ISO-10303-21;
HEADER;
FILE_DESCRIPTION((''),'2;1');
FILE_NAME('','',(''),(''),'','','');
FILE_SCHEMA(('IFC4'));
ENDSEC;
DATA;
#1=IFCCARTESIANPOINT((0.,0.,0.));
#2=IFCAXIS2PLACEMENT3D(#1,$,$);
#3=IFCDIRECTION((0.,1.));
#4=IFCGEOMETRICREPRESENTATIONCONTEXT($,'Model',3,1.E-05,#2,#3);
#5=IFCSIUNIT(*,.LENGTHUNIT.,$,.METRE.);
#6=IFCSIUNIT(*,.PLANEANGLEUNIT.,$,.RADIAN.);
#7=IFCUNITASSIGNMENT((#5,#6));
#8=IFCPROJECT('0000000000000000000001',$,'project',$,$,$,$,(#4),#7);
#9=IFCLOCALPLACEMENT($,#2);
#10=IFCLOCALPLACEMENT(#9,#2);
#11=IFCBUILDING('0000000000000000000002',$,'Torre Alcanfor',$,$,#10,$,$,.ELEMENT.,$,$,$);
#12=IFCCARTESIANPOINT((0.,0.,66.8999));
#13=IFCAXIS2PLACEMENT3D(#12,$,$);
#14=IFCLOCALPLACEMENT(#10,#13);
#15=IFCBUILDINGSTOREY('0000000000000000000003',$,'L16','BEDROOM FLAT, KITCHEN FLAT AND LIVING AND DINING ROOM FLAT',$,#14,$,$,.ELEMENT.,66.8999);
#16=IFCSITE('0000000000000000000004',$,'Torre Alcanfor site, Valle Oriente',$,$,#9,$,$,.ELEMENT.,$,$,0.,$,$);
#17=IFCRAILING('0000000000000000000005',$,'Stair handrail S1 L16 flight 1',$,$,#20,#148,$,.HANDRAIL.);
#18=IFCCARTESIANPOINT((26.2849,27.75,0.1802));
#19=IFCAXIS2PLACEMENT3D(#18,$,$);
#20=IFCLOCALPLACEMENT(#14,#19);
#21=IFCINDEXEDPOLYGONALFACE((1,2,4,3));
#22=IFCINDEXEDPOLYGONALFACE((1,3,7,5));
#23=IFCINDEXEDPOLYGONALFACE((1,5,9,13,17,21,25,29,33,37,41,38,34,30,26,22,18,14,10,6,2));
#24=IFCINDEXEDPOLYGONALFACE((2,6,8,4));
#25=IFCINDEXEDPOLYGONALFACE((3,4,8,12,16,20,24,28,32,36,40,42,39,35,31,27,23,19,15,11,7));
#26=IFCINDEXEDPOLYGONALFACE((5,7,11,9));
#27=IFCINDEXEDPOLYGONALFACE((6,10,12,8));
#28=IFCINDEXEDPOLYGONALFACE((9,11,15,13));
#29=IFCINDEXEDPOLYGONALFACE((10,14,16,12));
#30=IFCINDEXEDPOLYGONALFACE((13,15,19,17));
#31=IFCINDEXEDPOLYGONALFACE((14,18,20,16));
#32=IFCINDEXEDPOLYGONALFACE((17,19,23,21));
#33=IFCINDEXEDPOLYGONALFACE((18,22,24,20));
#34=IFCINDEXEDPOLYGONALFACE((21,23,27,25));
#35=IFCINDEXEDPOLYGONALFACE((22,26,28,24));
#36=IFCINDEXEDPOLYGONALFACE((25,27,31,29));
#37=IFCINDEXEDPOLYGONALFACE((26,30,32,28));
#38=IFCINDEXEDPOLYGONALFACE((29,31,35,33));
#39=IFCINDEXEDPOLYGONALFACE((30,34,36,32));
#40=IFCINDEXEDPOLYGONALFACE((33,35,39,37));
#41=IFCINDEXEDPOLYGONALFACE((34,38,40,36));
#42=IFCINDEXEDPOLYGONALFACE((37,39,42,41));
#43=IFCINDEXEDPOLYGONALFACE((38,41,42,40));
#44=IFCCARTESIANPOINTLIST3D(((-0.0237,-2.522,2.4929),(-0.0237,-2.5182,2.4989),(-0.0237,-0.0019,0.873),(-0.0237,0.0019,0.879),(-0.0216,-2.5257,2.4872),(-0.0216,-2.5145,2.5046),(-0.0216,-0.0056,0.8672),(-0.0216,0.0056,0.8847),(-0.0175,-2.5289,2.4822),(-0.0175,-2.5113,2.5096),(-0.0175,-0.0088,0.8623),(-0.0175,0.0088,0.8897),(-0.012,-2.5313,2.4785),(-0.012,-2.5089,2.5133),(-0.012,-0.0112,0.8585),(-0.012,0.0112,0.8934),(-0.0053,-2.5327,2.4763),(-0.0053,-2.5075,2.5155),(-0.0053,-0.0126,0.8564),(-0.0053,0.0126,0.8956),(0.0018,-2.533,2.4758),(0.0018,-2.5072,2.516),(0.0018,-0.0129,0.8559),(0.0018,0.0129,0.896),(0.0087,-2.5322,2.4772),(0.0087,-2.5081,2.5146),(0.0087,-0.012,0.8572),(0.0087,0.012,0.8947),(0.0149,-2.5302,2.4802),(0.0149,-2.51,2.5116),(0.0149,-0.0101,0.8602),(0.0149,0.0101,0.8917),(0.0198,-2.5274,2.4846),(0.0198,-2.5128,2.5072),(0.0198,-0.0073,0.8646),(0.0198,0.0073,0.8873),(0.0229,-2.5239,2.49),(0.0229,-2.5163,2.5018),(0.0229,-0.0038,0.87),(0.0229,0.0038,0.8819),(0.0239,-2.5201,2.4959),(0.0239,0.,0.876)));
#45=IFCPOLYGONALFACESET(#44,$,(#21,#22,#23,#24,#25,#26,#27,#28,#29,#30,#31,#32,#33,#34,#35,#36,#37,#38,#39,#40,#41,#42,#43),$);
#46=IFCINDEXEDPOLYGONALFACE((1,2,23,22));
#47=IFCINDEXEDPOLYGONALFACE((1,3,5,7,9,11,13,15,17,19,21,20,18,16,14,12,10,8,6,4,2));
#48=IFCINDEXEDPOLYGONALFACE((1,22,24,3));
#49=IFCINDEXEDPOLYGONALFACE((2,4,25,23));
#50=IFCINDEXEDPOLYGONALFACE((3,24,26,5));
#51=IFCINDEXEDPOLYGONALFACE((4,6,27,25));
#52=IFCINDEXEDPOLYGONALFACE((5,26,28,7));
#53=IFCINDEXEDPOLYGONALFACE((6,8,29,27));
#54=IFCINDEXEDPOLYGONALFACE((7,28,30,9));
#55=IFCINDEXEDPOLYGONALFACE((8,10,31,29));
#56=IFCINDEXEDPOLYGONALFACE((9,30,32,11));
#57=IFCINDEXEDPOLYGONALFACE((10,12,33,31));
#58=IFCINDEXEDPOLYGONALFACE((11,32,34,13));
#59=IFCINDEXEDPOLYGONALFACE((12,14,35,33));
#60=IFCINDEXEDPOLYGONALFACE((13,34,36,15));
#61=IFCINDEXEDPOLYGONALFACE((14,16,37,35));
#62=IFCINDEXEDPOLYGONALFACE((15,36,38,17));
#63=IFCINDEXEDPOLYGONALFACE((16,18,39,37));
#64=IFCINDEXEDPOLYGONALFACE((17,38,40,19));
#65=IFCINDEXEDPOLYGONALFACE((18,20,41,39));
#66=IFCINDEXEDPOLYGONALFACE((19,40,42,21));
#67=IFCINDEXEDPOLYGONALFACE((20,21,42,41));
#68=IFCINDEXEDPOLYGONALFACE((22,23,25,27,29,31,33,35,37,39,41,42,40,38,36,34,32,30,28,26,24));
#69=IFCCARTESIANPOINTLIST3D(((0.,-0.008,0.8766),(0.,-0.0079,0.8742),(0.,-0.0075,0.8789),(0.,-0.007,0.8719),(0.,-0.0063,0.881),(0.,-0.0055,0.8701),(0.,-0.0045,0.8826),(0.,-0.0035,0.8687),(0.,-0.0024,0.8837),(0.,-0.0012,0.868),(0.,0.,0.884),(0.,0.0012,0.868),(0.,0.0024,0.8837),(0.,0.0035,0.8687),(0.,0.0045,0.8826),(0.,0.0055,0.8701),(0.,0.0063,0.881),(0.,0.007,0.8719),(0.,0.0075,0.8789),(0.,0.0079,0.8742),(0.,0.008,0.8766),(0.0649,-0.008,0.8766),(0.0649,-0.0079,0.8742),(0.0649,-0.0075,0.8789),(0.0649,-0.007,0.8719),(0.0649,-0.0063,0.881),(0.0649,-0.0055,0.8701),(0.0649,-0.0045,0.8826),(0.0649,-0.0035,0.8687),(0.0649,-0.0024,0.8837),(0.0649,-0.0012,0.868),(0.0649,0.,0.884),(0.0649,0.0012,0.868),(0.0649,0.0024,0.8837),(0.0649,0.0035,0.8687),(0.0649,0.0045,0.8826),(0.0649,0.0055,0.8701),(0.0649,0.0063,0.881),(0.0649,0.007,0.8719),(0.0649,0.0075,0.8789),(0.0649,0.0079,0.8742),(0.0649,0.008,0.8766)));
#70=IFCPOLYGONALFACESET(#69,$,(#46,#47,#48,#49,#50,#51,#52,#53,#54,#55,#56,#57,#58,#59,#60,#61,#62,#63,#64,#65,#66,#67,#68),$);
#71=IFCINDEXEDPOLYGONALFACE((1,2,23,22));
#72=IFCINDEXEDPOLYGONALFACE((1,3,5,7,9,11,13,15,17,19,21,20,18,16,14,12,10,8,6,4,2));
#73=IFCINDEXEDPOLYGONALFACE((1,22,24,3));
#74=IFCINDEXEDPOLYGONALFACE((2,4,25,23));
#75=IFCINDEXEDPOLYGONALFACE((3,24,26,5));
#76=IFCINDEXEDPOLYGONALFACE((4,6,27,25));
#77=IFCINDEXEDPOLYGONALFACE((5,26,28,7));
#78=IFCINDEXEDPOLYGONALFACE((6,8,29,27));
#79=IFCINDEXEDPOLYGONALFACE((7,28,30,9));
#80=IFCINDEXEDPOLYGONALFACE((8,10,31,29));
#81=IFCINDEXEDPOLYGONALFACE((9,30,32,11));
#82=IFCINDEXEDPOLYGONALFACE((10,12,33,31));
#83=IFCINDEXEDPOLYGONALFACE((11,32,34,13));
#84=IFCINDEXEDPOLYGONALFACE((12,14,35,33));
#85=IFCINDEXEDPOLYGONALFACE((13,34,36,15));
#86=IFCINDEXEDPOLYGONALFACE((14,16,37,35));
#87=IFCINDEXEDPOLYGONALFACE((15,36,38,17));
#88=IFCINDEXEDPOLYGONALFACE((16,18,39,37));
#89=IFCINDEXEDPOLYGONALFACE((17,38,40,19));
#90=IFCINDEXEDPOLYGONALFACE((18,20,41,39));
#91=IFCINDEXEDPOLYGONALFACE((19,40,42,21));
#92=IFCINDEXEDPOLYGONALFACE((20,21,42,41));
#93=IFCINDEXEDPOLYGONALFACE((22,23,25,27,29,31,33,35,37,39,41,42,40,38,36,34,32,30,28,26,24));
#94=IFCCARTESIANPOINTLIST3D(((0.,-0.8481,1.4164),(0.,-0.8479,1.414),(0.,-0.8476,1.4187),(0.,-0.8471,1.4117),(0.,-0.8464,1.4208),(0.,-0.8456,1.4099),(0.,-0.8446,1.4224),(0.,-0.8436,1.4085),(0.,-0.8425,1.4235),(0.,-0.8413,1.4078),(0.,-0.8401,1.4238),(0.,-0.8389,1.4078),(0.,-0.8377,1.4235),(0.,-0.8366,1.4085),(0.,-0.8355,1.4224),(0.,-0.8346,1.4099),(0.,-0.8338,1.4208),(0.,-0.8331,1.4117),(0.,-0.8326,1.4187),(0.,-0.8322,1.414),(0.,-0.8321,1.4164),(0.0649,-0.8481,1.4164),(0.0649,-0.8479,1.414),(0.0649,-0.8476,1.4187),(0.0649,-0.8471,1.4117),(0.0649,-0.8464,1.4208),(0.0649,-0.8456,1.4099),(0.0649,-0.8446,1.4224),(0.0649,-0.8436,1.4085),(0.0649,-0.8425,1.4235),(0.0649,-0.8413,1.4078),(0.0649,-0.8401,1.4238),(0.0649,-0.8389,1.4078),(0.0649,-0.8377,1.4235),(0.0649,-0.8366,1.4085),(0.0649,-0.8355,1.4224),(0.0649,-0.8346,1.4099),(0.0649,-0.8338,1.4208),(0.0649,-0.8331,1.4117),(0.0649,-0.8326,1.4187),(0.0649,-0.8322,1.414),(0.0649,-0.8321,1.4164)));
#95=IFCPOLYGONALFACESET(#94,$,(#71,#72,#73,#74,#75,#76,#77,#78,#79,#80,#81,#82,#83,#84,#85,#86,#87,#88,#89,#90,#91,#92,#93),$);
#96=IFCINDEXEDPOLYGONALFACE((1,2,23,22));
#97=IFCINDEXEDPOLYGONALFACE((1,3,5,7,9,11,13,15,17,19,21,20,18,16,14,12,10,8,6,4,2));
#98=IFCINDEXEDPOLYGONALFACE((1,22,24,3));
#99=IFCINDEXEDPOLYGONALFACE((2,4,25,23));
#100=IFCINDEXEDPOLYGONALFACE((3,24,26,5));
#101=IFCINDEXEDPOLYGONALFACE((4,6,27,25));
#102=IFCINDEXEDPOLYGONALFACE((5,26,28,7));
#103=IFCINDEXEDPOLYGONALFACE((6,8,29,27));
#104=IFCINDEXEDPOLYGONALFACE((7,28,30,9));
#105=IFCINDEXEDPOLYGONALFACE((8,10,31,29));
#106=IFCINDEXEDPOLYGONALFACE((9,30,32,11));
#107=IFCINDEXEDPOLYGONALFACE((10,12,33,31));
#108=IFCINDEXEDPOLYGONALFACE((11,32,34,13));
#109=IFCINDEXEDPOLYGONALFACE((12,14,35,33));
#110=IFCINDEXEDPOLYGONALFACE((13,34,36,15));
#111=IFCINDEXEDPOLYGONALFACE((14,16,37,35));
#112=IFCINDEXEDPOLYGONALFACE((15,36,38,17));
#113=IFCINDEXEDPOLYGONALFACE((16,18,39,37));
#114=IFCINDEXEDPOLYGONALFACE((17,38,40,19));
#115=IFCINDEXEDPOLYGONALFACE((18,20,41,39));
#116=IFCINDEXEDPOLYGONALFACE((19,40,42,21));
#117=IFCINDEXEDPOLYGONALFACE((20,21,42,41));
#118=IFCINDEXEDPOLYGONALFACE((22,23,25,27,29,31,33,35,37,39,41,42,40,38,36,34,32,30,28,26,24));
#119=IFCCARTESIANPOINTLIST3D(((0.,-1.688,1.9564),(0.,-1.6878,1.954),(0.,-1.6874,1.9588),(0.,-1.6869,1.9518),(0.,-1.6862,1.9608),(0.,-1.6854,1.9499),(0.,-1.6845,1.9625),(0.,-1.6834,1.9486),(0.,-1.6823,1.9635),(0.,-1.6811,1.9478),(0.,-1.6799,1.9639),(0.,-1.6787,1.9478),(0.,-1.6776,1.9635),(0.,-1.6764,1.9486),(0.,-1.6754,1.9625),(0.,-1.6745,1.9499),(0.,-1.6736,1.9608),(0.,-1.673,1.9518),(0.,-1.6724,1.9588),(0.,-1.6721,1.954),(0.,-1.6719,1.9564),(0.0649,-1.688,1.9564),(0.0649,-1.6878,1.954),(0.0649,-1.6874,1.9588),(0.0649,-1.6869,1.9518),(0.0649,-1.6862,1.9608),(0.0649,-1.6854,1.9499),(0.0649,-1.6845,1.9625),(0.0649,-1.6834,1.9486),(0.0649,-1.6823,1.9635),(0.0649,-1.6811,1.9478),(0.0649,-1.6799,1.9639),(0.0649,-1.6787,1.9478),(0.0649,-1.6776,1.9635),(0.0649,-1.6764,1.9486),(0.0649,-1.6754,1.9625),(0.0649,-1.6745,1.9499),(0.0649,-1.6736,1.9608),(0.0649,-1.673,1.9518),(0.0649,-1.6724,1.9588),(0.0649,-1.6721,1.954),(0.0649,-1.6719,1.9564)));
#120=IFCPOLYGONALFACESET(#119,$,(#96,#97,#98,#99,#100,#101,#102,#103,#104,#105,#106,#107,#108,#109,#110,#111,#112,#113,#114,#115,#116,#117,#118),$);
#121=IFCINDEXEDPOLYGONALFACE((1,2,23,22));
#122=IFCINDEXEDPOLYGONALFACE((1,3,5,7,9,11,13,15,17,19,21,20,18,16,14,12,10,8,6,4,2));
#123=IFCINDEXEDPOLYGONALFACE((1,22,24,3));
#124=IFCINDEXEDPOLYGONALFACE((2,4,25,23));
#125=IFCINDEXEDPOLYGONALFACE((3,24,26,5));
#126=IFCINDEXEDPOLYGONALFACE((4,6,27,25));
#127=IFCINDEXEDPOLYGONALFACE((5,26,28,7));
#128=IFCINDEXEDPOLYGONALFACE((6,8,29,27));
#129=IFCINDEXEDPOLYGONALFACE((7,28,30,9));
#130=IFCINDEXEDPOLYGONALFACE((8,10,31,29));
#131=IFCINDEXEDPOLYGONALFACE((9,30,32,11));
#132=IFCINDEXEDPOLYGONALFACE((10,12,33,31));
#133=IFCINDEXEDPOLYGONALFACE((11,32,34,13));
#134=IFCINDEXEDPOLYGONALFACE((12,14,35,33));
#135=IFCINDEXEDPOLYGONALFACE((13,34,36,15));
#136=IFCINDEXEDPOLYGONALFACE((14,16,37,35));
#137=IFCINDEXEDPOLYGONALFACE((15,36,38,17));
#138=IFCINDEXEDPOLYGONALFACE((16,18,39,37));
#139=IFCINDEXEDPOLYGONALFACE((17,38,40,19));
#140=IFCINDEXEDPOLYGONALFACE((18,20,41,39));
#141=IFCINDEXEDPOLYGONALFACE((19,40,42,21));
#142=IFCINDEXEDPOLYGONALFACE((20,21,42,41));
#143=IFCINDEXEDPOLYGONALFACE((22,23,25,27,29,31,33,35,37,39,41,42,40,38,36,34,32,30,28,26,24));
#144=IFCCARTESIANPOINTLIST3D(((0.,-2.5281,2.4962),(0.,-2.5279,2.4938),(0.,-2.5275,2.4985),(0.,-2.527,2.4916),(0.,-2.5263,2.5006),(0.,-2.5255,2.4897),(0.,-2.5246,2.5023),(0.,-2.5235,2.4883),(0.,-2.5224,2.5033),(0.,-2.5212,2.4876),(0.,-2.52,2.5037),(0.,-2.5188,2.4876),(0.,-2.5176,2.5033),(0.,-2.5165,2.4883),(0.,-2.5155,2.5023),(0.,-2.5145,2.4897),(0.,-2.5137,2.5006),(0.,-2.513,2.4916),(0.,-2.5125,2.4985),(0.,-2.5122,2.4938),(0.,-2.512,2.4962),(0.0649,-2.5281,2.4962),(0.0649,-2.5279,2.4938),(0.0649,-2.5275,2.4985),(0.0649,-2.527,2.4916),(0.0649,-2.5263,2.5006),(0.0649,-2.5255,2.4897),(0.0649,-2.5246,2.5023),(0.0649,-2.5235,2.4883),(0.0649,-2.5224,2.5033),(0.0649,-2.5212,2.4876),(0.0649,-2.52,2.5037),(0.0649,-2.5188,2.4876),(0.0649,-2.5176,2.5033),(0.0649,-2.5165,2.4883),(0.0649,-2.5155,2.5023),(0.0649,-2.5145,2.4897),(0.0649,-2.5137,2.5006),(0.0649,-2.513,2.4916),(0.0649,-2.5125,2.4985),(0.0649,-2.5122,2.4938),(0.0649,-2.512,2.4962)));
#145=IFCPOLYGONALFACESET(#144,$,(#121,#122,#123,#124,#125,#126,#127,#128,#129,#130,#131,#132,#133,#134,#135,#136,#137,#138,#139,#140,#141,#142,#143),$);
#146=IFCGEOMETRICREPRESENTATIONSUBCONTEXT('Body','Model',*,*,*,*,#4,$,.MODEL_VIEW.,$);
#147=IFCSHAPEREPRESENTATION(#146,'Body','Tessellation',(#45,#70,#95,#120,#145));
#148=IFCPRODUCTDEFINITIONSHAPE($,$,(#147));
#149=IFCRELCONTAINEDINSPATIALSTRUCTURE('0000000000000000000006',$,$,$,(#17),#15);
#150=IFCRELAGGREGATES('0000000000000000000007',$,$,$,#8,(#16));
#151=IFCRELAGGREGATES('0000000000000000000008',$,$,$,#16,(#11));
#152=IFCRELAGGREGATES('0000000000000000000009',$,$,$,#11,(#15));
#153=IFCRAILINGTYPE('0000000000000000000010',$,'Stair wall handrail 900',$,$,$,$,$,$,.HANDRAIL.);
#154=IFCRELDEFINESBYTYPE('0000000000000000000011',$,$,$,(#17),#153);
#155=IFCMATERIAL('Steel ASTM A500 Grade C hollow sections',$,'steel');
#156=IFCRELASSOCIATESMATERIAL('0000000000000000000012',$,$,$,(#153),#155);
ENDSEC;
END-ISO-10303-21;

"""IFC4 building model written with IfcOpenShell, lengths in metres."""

from ifc_helpers import new_model, si_unit, direction, frame, origin, origin_2d, place, context, subcontext, project, spatial, circle, extrude, material, type_object, element, save


model = new_model("IFC4")

# Units and contexts
model_context = context("Model", 3, precision=1e-05, world=origin(), true_north=direction((0.0, 1.0)))
body_context = subcontext(model_context, "Body", "Model", "MODEL_VIEW")
ifc_project = project(units=[si_unit("LENGTHUNIT", "METRE"), si_unit("PLANEANGLEUNIT", "RADIAN")], contexts=[model_context])

# Site, building, storey
site_placement = place(None, origin())
site = spatial("IfcSite", under=ifc_project, at=site_placement, Name="Torre Alcanfor site, Valle Oriente", CompositionType="ELEMENT", RefElevation=0.0)
building_placement = place(site_placement, origin())
building = spatial("IfcBuilding", under=site, at=building_placement, Name="Torre Alcanfor", CompositionType="ELEMENT")
storey_placement = place(building_placement, frame((0.0, 0.0, 66.8999)))
storey = spatial("IfcBuildingStorey", under=building, at=storey_placement, Name="L16", Description="BEDROOM FLAT, KITCHEN FLAT AND LIVING AND DINING ROOM FLAT", CompositionType="ELEMENT", Elevation=66.8999)

# Railing
ifc_material_1 = material(Name="Steel ASTM A500 Grade C hollow sections", Category="steel")
railing_type_1 = type_object("IfcRailingType", Name="Stair wall handrail 900", PredefinedType="HANDRAIL", material=ifc_material_1)
railing_1_placement = place(storey_placement, frame((26.2849, 27.75, 0.1802)))
element("IfcRailing", 1, at=railing_1_placement, inside=storey, type_object=railing_type_1, Name="Stair handrail S1 L16 flight 1", PredefinedType="HANDRAIL", context=body_context, shape_type="SweptSolid", body=[
    extrude(circle(Radius=0.0239, at=origin_2d()), frame((0.0, 0.0, 0.876), z_axis=(0.0, -0.8412, 0.540725), x_axis=(1.0, 0.0, 0.0)), (0.0, 0.0, 1.0), 2.9958),
    extrude(circle(Radius=0.0081, at=origin_2d()), frame((0.0, 0.0, 0.876), z_axis=(1.0, 0.0, 0.0), x_axis=(0.0, 0.0, 1.0)), (0.0, 0.0, 1.0), 0.0649),
    extrude(circle(Radius=0.0081, at=origin_2d()), frame((0.0, -0.8401, 1.4158), z_axis=(1.0, 0.0, 0.0), x_axis=(0.0, 0.0, 1.0)), (0.0, 0.0, 1.0), 0.0649),
    extrude(circle(Radius=0.0081, at=origin_2d()), frame((0.0, -1.6799, 1.9558), z_axis=(1.0, 0.0, 0.0), x_axis=(0.0, 0.0, 1.0)), (0.0, 0.0, 1.0), 0.0649),
    extrude(circle(Radius=0.0081, at=origin_2d()), frame((0.0, -2.52, 2.4956), z_axis=(1.0, 0.0, 0.0), x_axis=(0.0, 0.0, 1.0)), (0.0, 0.0, 1.0), 0.0649),
])

save(model, "model.ifc")
